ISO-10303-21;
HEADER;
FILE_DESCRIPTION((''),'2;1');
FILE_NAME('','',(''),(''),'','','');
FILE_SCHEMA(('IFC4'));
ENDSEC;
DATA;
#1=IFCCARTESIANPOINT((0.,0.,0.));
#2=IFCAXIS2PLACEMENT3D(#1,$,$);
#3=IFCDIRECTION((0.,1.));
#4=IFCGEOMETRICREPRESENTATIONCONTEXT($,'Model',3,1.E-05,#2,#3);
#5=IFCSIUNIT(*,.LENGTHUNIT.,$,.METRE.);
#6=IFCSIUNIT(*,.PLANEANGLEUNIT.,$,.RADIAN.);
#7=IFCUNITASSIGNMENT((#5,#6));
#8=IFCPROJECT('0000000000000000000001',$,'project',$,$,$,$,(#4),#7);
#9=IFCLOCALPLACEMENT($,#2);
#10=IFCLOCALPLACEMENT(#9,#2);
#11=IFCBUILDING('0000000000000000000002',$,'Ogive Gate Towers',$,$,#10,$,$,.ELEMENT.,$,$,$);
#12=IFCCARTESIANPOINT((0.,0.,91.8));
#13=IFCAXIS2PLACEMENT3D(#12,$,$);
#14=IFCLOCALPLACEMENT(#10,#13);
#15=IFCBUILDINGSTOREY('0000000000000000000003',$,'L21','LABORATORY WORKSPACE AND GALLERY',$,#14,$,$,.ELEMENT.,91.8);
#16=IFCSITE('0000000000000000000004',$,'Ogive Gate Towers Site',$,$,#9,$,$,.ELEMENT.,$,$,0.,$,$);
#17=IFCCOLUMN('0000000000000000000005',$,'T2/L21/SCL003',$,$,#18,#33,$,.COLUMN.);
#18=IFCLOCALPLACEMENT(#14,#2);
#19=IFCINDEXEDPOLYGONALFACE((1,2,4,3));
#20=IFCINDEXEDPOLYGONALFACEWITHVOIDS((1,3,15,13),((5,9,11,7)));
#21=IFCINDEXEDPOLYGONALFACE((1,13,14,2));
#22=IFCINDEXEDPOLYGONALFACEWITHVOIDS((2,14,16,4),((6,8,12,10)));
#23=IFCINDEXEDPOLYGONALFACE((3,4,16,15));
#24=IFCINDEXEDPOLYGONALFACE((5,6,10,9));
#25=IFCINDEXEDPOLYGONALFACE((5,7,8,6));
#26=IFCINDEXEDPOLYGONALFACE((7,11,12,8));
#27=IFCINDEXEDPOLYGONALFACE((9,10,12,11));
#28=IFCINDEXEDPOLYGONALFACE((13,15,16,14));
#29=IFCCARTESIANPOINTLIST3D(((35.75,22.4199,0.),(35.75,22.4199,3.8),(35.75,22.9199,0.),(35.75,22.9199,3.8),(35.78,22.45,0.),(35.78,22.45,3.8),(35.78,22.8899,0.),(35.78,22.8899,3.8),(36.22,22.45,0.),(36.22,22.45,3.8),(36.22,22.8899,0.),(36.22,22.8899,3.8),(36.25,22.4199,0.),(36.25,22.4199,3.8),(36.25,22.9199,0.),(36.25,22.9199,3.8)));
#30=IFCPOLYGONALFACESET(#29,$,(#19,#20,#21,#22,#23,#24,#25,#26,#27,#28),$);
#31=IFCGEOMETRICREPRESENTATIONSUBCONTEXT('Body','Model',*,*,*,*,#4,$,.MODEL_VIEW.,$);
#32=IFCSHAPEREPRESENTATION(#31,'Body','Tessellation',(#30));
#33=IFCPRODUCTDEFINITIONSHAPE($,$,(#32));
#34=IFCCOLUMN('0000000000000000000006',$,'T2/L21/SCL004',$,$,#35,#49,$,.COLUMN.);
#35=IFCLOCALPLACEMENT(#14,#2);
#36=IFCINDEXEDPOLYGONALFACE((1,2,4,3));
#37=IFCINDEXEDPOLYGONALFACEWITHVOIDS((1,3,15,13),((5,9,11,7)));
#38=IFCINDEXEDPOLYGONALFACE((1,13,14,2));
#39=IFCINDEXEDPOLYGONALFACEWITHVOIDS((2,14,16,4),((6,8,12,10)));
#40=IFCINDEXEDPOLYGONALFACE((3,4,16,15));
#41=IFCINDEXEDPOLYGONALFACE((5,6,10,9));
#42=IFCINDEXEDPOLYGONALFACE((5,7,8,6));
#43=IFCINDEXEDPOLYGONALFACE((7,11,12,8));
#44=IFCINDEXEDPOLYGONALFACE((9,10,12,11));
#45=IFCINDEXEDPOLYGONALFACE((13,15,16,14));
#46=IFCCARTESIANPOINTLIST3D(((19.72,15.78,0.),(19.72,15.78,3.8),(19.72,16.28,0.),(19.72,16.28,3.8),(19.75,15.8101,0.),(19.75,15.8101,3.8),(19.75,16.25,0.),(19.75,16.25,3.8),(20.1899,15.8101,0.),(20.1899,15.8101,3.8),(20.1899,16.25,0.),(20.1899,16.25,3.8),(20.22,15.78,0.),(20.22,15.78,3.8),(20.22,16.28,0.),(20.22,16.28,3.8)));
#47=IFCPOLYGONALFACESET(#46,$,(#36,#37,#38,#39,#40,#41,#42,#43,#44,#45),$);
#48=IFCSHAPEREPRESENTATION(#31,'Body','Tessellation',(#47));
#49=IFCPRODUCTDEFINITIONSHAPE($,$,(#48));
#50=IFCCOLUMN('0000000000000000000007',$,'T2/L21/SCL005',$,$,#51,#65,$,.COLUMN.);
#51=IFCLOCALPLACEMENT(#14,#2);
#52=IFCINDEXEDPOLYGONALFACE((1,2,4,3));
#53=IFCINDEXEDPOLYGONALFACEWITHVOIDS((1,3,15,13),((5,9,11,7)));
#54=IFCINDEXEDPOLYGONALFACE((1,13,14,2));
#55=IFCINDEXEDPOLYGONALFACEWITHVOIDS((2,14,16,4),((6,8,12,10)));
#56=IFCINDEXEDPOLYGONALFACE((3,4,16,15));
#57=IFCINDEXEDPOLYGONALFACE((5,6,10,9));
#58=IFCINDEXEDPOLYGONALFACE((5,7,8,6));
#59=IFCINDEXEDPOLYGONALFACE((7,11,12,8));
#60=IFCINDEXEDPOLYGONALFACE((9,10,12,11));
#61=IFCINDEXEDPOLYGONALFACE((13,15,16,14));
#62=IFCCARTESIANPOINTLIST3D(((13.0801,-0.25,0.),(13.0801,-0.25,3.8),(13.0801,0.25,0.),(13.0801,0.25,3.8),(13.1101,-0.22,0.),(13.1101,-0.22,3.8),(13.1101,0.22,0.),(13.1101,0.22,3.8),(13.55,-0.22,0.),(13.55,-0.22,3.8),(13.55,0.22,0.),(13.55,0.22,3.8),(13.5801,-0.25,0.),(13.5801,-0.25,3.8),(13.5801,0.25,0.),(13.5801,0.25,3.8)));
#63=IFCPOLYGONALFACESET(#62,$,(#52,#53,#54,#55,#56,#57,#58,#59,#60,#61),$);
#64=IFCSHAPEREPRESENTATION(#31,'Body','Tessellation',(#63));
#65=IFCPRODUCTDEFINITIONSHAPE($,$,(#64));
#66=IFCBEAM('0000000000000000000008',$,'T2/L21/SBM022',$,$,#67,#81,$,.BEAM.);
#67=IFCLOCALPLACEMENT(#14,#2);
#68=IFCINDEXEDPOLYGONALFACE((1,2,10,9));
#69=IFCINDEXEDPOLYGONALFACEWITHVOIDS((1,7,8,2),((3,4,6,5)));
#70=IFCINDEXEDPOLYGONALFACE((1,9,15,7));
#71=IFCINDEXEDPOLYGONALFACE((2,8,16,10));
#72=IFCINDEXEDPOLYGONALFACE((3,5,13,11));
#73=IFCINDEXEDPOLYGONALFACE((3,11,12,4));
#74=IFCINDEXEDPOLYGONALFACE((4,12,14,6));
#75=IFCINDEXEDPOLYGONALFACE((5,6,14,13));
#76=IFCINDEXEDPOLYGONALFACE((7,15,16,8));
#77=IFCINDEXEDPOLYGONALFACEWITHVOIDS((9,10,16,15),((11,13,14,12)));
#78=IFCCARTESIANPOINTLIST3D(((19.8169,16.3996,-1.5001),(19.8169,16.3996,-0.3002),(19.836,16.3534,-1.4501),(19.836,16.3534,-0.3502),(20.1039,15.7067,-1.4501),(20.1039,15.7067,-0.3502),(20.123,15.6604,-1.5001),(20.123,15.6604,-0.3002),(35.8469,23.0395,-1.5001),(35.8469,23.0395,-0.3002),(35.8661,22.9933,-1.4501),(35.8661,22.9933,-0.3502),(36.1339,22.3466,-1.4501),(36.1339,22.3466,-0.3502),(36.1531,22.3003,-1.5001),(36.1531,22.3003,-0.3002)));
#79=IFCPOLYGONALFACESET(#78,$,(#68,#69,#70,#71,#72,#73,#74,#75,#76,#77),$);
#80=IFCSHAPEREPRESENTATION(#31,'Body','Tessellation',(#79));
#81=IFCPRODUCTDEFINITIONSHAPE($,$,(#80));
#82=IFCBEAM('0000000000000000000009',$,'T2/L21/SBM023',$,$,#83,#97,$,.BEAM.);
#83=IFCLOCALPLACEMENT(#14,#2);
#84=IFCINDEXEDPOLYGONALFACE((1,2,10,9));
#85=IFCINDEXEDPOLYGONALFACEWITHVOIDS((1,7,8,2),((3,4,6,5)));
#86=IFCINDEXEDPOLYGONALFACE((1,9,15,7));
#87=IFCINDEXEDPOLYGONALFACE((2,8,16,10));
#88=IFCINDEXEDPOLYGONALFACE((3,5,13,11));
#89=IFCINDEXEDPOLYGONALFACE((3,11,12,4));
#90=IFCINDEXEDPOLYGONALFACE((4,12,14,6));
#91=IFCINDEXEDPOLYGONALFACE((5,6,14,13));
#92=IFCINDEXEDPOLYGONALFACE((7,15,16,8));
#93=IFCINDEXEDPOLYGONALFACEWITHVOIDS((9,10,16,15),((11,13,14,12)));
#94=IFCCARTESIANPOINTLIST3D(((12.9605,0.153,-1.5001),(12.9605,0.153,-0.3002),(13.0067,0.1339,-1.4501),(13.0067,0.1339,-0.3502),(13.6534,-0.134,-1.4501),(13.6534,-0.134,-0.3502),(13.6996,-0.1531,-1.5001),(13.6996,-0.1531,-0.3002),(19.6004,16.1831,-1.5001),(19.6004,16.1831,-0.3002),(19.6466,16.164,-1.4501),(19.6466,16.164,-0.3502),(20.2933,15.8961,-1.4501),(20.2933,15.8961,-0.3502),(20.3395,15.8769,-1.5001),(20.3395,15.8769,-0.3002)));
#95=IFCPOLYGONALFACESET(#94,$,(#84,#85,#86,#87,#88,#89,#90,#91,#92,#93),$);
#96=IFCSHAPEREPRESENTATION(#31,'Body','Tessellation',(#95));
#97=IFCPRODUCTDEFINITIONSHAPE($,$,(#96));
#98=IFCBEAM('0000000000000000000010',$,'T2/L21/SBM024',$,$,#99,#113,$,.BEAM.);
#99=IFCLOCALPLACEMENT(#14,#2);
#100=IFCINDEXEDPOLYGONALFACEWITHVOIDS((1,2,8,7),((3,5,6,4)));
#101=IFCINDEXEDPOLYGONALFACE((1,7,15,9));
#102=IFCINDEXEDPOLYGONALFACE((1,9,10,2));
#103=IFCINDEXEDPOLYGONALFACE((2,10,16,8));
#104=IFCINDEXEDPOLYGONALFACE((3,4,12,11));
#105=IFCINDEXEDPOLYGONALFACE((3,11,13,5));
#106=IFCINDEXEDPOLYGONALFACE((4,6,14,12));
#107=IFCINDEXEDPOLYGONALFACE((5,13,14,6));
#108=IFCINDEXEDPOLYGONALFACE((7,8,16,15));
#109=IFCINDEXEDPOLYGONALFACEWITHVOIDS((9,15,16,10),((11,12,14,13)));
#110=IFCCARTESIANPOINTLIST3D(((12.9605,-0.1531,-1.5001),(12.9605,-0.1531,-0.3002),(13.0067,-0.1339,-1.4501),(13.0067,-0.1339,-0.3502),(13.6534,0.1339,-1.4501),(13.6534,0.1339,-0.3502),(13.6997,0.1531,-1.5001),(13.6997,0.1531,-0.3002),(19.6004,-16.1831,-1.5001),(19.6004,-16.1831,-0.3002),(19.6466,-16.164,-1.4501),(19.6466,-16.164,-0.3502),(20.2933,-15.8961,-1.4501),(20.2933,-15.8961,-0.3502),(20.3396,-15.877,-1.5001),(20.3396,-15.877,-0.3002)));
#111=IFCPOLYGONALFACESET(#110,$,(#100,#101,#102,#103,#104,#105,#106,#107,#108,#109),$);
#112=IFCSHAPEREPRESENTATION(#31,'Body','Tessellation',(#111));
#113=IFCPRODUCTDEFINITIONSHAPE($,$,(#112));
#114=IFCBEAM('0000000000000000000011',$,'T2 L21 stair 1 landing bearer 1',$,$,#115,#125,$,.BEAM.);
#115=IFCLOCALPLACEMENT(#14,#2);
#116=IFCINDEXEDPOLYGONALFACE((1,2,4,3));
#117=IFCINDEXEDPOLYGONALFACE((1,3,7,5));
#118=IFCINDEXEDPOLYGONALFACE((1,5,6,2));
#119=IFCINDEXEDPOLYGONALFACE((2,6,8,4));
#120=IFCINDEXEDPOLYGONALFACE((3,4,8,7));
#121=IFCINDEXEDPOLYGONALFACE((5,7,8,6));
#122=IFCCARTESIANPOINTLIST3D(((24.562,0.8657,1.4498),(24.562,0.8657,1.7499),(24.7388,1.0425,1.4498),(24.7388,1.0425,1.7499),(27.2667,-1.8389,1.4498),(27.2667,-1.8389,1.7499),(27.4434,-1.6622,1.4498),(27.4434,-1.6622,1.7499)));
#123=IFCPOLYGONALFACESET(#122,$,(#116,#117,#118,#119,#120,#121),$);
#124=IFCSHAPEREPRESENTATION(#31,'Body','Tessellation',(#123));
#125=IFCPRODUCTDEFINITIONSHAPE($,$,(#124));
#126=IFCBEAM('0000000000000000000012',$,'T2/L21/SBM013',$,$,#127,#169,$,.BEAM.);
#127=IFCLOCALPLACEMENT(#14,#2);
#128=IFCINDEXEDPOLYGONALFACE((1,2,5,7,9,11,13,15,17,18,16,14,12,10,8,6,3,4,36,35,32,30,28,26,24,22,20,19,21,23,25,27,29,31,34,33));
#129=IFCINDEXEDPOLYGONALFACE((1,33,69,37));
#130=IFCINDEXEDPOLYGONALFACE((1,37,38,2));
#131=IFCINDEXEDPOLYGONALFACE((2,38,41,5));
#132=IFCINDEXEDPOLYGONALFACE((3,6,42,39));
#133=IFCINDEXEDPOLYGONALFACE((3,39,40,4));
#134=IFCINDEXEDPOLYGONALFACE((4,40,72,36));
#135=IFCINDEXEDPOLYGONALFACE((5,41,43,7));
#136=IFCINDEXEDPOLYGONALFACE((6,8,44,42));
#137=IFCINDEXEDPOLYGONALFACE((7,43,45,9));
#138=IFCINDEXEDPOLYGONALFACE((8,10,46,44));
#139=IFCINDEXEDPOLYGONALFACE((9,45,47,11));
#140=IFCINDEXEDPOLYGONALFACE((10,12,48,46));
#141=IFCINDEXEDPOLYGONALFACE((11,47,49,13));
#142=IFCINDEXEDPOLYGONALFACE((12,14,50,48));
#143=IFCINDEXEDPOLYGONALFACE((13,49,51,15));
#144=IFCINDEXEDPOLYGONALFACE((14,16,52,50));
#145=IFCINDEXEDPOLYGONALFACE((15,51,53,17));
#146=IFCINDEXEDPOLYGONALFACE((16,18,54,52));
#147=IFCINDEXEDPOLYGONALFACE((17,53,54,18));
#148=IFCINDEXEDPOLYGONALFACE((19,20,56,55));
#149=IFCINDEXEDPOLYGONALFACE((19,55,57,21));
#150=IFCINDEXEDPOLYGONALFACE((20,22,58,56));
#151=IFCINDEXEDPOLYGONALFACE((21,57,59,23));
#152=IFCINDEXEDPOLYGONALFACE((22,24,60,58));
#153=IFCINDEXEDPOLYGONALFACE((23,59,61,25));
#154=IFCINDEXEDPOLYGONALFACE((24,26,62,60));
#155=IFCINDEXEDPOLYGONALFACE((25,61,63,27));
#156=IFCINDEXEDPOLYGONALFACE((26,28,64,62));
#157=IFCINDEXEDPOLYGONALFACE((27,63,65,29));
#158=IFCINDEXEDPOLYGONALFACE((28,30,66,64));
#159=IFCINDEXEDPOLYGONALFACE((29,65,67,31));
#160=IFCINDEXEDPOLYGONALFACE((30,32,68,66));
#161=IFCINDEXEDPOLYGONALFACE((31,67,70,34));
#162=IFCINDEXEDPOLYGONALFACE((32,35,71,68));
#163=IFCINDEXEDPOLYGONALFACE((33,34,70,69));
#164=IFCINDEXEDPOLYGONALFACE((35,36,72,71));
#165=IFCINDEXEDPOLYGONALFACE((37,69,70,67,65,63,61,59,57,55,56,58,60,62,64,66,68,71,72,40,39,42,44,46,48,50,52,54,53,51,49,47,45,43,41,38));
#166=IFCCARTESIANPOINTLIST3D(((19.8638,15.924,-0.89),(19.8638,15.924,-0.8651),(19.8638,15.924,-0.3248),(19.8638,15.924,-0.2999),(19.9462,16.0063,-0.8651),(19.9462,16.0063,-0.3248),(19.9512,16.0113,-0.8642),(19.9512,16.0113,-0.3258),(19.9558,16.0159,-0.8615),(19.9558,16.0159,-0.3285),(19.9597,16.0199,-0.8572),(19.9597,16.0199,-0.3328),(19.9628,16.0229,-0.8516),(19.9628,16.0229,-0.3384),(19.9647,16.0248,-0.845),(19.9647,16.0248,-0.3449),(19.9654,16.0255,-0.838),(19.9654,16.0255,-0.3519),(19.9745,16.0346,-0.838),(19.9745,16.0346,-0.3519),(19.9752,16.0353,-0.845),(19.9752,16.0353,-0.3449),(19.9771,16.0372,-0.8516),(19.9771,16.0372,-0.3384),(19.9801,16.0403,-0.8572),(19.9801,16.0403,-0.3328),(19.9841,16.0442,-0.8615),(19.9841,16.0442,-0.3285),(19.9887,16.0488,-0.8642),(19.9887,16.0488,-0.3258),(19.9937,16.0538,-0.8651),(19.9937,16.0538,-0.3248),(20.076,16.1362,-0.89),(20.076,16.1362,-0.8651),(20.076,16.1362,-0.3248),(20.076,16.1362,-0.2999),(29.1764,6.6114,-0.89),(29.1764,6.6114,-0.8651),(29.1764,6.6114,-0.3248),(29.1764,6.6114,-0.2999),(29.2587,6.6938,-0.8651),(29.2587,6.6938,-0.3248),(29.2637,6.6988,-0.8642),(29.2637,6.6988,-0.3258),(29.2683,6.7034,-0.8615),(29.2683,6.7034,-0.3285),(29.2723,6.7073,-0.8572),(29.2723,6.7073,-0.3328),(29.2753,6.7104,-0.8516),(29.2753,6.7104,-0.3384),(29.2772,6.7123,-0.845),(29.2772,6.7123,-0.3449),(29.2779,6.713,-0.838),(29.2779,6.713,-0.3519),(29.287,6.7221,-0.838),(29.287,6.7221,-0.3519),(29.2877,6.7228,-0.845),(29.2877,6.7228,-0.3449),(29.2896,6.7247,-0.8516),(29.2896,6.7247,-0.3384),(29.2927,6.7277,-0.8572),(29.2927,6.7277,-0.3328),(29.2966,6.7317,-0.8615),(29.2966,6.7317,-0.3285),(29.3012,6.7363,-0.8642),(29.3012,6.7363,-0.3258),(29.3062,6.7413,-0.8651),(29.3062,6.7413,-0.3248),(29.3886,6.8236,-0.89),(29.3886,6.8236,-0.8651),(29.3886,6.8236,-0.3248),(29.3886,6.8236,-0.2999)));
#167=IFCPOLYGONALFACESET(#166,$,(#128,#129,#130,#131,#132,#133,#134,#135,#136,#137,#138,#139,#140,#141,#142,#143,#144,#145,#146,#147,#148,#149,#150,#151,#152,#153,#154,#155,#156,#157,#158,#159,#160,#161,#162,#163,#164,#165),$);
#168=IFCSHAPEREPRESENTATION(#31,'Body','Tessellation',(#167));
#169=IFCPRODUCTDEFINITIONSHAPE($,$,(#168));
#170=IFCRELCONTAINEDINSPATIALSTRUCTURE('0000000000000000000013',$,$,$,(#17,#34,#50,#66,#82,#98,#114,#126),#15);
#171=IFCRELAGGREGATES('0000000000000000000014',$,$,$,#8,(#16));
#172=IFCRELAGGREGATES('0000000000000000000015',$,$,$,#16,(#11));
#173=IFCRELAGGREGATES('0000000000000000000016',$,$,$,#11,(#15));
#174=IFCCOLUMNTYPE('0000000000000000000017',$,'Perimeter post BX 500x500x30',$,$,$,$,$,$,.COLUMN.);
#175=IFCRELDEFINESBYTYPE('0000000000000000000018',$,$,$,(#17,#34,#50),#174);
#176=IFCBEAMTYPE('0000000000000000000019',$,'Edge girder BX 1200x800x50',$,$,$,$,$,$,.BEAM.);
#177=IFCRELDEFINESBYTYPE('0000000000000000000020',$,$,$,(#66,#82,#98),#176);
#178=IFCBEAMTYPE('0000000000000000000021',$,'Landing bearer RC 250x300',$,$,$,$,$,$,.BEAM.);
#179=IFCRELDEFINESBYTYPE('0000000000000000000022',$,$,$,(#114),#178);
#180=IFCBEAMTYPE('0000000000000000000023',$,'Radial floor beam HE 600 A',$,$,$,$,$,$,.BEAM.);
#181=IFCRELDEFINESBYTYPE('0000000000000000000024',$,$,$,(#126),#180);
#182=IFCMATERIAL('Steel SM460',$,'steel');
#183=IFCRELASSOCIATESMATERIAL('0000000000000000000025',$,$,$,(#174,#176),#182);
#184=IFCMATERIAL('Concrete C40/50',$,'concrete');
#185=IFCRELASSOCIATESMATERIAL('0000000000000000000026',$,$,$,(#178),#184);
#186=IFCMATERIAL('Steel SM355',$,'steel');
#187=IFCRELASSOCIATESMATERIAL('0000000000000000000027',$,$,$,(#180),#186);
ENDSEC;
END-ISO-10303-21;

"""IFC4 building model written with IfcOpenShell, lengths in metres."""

from ifc_helpers import new_model, si_unit, direction, frame, origin, origin_2d, place, context, subcontext, project, spatial, rectangle, hollow_rectangle, i_section, extrude, material, material_profile, profile_set, type_object, element, save


model = new_model("IFC4")

# Units and contexts
model_context = context("Model", 3, precision=1e-05, world=origin(), true_north=direction((0.0, 1.0)))
body_context = subcontext(model_context, "Body", "Model", "MODEL_VIEW")
ifc_project = project(units=[si_unit("LENGTHUNIT", "METRE"), si_unit("PLANEANGLEUNIT", "RADIAN")], contexts=[model_context])

# Site, building, storey
site_placement = place(None, origin())
site = spatial("IfcSite", under=ifc_project, at=site_placement, Name="Ogive Gate Towers Site", CompositionType="ELEMENT", RefElevation=0.0)
building_placement = place(site_placement, origin())
building = spatial("IfcBuilding", under=site, at=building_placement, Name="Ogive Gate Towers", CompositionType="ELEMENT")
storey_placement = place(building_placement, frame((0.0, 0.0, 91.8)))
storey = spatial("IfcBuildingStorey", under=building, at=storey_placement, Name="L21", Description="LABORATORY WORKSPACE AND GALLERY", CompositionType="ELEMENT", Elevation=91.8)

# Columns
ifc_material_1 = material(Name="Steel SM460", Category="steel")
ifc_material_profile_1 = material_profile(ifc_material_1, hollow_rectangle(XDim=0.5, YDim=0.5, WallThickness=0.03, at=origin_2d()), Name="BX 500x500x30")
ifc_profile_set_1 = profile_set([ifc_material_profile_1], Name="Steel SM460")
column_type = type_object("IfcColumnType", Name="Perimeter post BX 500x500x30", PredefinedType="COLUMN", material=ifc_profile_set_1)
for number, where, z_axis, x_axis, name in (
    (1, (36.0, 22.6699, 0.0), (0.0, 0.0, 1.0), (1.0, 0.0, 0.0), "T2/L21/SCL003"),
    (2, (19.97, 16.03, 0.0), (0.0, 0.0, 1.0), (1.0, 0.0, 0.0), "T2/L21/SCL004"),
    (3, (13.3301, 0.0, 0.0), (0.0, 0.0, 1.0), (1.0, 0.0, 0.0), "T2/L21/SCL005"),
):
    element("IfcColumn", number, at=place(storey_placement, frame(where, z_axis=z_axis, x_axis=x_axis)), inside=storey, type_object=column_type, Name=name, PredefinedType="COLUMN", context=body_context, shape_type="SweptSolid", body=[
        extrude(hollow_rectangle(XDim=0.5, YDim=0.5, WallThickness=0.03, at=origin_2d()), origin(), (0.0, 0.0, 1.0), 3.8),
    ])

# Beams
ifc_material_profile_2 = material_profile(ifc_material_1, hollow_rectangle(XDim=0.8, YDim=1.2, WallThickness=0.05, at=origin_2d()), Name="BX 1200x800x50")
ifc_profile_set_2 = profile_set([ifc_material_profile_2], Name="Steel SM460")
beam_type_1 = type_object("IfcBeamType", Name="Edge girder BX 1200x800x50", PredefinedType="BEAM", material=ifc_profile_set_2)
for number, where, z_axis, x_axis, name in (
    (4, (36.0, 22.6699, -0.9001), (-0.923879, -0.382685, 0.0), (0.382685, -0.923879, 0.0), "T2/L21/SBM022"),
    (5, (19.97, 16.03, -0.9001), (-0.382685, -0.923879, 0.0), (0.923879, -0.382685, 0.0), "T2/L21/SBM023"),
    (6, (13.3301, 0.0, -0.9001), (0.382685, -0.923879, 0.0), (0.923879, 0.382685, 0.0), "T2/L21/SBM024"),
):
    element("IfcBeam", number, at=place(storey_placement, frame(where, z_axis=z_axis, x_axis=x_axis)), inside=storey, type_object=beam_type_1, Name=name, PredefinedType="BEAM", context=body_context, shape_type="SweptSolid", body=[
        extrude(hollow_rectangle(XDim=0.8, YDim=1.2, WallThickness=0.05, at=origin_2d()), origin(), (0.0, 0.0, 1.0), 17.3508),
    ])
ifc_material_2 = material(Name="Concrete C40/50", Category="concrete")
ifc_material_profile_3 = material_profile(ifc_material_2, rectangle(XDim=0.25, YDim=0.3, at=origin_2d()), Name="RC 250x300")
ifc_profile_set_3 = profile_set([ifc_material_profile_3], Name="Concrete C40/50")
beam_type_2 = type_object("IfcBeamType", Name="Landing bearer RC 250x300", PredefinedType="BEAM", material=ifc_profile_set_3)
beam_1_placement = place(storey_placement, frame((24.6504, 0.9541, 1.5999), z_axis=(0.707107, -0.707107, 0.0), x_axis=(0.707107, 0.707107, 0.0)))
element("IfcBeam", 7, at=beam_1_placement, inside=storey, type_object=beam_type_2, Name="T2 L21 stair 1 landing bearer 1", PredefinedType="BEAM", context=body_context, shape_type="SweptSolid", body=[
    extrude(rectangle(XDim=0.25, YDim=0.3, at=origin_2d()), origin(), (0.0, 0.0, 1.0), 3.825),
])
ifc_material_3 = material(Name="Steel SM355", Category="steel")
ifc_material_profile_4 = material_profile(ifc_material_3, i_section(OverallWidth=0.3, OverallDepth=0.5901, WebThickness=0.0129, FlangeThickness=0.0249, FilletRadius=0.0271, at=origin_2d()), Name="HE 600 A")
ifc_profile_set_4 = profile_set([ifc_material_profile_4], Name="Steel SM355")
beam_type_3 = type_object("IfcBeamType", Name="Radial floor beam HE 600 A", PredefinedType="BEAM", material=ifc_profile_set_4)
beam_2_placement = place(storey_placement, frame((29.2825, 6.7175, -0.595), z_axis=(-0.707107, 0.707107, 0.0), x_axis=(-0.707107, -0.707107, 0.0)))
element("IfcBeam", 8, at=beam_2_placement, inside=storey, type_object=beam_type_3, Name="T2/L21/SBM013", PredefinedType="BEAM", context=body_context, shape_type="SweptSolid", body=[
    extrude(i_section(OverallWidth=0.3, OverallDepth=0.5901, WebThickness=0.0129, FlangeThickness=0.0249, FilletRadius=0.0271, at=origin_2d()), origin(), (0.0, 0.0, 1.0), 13.1699),
])

save(model, "model.ifc")
